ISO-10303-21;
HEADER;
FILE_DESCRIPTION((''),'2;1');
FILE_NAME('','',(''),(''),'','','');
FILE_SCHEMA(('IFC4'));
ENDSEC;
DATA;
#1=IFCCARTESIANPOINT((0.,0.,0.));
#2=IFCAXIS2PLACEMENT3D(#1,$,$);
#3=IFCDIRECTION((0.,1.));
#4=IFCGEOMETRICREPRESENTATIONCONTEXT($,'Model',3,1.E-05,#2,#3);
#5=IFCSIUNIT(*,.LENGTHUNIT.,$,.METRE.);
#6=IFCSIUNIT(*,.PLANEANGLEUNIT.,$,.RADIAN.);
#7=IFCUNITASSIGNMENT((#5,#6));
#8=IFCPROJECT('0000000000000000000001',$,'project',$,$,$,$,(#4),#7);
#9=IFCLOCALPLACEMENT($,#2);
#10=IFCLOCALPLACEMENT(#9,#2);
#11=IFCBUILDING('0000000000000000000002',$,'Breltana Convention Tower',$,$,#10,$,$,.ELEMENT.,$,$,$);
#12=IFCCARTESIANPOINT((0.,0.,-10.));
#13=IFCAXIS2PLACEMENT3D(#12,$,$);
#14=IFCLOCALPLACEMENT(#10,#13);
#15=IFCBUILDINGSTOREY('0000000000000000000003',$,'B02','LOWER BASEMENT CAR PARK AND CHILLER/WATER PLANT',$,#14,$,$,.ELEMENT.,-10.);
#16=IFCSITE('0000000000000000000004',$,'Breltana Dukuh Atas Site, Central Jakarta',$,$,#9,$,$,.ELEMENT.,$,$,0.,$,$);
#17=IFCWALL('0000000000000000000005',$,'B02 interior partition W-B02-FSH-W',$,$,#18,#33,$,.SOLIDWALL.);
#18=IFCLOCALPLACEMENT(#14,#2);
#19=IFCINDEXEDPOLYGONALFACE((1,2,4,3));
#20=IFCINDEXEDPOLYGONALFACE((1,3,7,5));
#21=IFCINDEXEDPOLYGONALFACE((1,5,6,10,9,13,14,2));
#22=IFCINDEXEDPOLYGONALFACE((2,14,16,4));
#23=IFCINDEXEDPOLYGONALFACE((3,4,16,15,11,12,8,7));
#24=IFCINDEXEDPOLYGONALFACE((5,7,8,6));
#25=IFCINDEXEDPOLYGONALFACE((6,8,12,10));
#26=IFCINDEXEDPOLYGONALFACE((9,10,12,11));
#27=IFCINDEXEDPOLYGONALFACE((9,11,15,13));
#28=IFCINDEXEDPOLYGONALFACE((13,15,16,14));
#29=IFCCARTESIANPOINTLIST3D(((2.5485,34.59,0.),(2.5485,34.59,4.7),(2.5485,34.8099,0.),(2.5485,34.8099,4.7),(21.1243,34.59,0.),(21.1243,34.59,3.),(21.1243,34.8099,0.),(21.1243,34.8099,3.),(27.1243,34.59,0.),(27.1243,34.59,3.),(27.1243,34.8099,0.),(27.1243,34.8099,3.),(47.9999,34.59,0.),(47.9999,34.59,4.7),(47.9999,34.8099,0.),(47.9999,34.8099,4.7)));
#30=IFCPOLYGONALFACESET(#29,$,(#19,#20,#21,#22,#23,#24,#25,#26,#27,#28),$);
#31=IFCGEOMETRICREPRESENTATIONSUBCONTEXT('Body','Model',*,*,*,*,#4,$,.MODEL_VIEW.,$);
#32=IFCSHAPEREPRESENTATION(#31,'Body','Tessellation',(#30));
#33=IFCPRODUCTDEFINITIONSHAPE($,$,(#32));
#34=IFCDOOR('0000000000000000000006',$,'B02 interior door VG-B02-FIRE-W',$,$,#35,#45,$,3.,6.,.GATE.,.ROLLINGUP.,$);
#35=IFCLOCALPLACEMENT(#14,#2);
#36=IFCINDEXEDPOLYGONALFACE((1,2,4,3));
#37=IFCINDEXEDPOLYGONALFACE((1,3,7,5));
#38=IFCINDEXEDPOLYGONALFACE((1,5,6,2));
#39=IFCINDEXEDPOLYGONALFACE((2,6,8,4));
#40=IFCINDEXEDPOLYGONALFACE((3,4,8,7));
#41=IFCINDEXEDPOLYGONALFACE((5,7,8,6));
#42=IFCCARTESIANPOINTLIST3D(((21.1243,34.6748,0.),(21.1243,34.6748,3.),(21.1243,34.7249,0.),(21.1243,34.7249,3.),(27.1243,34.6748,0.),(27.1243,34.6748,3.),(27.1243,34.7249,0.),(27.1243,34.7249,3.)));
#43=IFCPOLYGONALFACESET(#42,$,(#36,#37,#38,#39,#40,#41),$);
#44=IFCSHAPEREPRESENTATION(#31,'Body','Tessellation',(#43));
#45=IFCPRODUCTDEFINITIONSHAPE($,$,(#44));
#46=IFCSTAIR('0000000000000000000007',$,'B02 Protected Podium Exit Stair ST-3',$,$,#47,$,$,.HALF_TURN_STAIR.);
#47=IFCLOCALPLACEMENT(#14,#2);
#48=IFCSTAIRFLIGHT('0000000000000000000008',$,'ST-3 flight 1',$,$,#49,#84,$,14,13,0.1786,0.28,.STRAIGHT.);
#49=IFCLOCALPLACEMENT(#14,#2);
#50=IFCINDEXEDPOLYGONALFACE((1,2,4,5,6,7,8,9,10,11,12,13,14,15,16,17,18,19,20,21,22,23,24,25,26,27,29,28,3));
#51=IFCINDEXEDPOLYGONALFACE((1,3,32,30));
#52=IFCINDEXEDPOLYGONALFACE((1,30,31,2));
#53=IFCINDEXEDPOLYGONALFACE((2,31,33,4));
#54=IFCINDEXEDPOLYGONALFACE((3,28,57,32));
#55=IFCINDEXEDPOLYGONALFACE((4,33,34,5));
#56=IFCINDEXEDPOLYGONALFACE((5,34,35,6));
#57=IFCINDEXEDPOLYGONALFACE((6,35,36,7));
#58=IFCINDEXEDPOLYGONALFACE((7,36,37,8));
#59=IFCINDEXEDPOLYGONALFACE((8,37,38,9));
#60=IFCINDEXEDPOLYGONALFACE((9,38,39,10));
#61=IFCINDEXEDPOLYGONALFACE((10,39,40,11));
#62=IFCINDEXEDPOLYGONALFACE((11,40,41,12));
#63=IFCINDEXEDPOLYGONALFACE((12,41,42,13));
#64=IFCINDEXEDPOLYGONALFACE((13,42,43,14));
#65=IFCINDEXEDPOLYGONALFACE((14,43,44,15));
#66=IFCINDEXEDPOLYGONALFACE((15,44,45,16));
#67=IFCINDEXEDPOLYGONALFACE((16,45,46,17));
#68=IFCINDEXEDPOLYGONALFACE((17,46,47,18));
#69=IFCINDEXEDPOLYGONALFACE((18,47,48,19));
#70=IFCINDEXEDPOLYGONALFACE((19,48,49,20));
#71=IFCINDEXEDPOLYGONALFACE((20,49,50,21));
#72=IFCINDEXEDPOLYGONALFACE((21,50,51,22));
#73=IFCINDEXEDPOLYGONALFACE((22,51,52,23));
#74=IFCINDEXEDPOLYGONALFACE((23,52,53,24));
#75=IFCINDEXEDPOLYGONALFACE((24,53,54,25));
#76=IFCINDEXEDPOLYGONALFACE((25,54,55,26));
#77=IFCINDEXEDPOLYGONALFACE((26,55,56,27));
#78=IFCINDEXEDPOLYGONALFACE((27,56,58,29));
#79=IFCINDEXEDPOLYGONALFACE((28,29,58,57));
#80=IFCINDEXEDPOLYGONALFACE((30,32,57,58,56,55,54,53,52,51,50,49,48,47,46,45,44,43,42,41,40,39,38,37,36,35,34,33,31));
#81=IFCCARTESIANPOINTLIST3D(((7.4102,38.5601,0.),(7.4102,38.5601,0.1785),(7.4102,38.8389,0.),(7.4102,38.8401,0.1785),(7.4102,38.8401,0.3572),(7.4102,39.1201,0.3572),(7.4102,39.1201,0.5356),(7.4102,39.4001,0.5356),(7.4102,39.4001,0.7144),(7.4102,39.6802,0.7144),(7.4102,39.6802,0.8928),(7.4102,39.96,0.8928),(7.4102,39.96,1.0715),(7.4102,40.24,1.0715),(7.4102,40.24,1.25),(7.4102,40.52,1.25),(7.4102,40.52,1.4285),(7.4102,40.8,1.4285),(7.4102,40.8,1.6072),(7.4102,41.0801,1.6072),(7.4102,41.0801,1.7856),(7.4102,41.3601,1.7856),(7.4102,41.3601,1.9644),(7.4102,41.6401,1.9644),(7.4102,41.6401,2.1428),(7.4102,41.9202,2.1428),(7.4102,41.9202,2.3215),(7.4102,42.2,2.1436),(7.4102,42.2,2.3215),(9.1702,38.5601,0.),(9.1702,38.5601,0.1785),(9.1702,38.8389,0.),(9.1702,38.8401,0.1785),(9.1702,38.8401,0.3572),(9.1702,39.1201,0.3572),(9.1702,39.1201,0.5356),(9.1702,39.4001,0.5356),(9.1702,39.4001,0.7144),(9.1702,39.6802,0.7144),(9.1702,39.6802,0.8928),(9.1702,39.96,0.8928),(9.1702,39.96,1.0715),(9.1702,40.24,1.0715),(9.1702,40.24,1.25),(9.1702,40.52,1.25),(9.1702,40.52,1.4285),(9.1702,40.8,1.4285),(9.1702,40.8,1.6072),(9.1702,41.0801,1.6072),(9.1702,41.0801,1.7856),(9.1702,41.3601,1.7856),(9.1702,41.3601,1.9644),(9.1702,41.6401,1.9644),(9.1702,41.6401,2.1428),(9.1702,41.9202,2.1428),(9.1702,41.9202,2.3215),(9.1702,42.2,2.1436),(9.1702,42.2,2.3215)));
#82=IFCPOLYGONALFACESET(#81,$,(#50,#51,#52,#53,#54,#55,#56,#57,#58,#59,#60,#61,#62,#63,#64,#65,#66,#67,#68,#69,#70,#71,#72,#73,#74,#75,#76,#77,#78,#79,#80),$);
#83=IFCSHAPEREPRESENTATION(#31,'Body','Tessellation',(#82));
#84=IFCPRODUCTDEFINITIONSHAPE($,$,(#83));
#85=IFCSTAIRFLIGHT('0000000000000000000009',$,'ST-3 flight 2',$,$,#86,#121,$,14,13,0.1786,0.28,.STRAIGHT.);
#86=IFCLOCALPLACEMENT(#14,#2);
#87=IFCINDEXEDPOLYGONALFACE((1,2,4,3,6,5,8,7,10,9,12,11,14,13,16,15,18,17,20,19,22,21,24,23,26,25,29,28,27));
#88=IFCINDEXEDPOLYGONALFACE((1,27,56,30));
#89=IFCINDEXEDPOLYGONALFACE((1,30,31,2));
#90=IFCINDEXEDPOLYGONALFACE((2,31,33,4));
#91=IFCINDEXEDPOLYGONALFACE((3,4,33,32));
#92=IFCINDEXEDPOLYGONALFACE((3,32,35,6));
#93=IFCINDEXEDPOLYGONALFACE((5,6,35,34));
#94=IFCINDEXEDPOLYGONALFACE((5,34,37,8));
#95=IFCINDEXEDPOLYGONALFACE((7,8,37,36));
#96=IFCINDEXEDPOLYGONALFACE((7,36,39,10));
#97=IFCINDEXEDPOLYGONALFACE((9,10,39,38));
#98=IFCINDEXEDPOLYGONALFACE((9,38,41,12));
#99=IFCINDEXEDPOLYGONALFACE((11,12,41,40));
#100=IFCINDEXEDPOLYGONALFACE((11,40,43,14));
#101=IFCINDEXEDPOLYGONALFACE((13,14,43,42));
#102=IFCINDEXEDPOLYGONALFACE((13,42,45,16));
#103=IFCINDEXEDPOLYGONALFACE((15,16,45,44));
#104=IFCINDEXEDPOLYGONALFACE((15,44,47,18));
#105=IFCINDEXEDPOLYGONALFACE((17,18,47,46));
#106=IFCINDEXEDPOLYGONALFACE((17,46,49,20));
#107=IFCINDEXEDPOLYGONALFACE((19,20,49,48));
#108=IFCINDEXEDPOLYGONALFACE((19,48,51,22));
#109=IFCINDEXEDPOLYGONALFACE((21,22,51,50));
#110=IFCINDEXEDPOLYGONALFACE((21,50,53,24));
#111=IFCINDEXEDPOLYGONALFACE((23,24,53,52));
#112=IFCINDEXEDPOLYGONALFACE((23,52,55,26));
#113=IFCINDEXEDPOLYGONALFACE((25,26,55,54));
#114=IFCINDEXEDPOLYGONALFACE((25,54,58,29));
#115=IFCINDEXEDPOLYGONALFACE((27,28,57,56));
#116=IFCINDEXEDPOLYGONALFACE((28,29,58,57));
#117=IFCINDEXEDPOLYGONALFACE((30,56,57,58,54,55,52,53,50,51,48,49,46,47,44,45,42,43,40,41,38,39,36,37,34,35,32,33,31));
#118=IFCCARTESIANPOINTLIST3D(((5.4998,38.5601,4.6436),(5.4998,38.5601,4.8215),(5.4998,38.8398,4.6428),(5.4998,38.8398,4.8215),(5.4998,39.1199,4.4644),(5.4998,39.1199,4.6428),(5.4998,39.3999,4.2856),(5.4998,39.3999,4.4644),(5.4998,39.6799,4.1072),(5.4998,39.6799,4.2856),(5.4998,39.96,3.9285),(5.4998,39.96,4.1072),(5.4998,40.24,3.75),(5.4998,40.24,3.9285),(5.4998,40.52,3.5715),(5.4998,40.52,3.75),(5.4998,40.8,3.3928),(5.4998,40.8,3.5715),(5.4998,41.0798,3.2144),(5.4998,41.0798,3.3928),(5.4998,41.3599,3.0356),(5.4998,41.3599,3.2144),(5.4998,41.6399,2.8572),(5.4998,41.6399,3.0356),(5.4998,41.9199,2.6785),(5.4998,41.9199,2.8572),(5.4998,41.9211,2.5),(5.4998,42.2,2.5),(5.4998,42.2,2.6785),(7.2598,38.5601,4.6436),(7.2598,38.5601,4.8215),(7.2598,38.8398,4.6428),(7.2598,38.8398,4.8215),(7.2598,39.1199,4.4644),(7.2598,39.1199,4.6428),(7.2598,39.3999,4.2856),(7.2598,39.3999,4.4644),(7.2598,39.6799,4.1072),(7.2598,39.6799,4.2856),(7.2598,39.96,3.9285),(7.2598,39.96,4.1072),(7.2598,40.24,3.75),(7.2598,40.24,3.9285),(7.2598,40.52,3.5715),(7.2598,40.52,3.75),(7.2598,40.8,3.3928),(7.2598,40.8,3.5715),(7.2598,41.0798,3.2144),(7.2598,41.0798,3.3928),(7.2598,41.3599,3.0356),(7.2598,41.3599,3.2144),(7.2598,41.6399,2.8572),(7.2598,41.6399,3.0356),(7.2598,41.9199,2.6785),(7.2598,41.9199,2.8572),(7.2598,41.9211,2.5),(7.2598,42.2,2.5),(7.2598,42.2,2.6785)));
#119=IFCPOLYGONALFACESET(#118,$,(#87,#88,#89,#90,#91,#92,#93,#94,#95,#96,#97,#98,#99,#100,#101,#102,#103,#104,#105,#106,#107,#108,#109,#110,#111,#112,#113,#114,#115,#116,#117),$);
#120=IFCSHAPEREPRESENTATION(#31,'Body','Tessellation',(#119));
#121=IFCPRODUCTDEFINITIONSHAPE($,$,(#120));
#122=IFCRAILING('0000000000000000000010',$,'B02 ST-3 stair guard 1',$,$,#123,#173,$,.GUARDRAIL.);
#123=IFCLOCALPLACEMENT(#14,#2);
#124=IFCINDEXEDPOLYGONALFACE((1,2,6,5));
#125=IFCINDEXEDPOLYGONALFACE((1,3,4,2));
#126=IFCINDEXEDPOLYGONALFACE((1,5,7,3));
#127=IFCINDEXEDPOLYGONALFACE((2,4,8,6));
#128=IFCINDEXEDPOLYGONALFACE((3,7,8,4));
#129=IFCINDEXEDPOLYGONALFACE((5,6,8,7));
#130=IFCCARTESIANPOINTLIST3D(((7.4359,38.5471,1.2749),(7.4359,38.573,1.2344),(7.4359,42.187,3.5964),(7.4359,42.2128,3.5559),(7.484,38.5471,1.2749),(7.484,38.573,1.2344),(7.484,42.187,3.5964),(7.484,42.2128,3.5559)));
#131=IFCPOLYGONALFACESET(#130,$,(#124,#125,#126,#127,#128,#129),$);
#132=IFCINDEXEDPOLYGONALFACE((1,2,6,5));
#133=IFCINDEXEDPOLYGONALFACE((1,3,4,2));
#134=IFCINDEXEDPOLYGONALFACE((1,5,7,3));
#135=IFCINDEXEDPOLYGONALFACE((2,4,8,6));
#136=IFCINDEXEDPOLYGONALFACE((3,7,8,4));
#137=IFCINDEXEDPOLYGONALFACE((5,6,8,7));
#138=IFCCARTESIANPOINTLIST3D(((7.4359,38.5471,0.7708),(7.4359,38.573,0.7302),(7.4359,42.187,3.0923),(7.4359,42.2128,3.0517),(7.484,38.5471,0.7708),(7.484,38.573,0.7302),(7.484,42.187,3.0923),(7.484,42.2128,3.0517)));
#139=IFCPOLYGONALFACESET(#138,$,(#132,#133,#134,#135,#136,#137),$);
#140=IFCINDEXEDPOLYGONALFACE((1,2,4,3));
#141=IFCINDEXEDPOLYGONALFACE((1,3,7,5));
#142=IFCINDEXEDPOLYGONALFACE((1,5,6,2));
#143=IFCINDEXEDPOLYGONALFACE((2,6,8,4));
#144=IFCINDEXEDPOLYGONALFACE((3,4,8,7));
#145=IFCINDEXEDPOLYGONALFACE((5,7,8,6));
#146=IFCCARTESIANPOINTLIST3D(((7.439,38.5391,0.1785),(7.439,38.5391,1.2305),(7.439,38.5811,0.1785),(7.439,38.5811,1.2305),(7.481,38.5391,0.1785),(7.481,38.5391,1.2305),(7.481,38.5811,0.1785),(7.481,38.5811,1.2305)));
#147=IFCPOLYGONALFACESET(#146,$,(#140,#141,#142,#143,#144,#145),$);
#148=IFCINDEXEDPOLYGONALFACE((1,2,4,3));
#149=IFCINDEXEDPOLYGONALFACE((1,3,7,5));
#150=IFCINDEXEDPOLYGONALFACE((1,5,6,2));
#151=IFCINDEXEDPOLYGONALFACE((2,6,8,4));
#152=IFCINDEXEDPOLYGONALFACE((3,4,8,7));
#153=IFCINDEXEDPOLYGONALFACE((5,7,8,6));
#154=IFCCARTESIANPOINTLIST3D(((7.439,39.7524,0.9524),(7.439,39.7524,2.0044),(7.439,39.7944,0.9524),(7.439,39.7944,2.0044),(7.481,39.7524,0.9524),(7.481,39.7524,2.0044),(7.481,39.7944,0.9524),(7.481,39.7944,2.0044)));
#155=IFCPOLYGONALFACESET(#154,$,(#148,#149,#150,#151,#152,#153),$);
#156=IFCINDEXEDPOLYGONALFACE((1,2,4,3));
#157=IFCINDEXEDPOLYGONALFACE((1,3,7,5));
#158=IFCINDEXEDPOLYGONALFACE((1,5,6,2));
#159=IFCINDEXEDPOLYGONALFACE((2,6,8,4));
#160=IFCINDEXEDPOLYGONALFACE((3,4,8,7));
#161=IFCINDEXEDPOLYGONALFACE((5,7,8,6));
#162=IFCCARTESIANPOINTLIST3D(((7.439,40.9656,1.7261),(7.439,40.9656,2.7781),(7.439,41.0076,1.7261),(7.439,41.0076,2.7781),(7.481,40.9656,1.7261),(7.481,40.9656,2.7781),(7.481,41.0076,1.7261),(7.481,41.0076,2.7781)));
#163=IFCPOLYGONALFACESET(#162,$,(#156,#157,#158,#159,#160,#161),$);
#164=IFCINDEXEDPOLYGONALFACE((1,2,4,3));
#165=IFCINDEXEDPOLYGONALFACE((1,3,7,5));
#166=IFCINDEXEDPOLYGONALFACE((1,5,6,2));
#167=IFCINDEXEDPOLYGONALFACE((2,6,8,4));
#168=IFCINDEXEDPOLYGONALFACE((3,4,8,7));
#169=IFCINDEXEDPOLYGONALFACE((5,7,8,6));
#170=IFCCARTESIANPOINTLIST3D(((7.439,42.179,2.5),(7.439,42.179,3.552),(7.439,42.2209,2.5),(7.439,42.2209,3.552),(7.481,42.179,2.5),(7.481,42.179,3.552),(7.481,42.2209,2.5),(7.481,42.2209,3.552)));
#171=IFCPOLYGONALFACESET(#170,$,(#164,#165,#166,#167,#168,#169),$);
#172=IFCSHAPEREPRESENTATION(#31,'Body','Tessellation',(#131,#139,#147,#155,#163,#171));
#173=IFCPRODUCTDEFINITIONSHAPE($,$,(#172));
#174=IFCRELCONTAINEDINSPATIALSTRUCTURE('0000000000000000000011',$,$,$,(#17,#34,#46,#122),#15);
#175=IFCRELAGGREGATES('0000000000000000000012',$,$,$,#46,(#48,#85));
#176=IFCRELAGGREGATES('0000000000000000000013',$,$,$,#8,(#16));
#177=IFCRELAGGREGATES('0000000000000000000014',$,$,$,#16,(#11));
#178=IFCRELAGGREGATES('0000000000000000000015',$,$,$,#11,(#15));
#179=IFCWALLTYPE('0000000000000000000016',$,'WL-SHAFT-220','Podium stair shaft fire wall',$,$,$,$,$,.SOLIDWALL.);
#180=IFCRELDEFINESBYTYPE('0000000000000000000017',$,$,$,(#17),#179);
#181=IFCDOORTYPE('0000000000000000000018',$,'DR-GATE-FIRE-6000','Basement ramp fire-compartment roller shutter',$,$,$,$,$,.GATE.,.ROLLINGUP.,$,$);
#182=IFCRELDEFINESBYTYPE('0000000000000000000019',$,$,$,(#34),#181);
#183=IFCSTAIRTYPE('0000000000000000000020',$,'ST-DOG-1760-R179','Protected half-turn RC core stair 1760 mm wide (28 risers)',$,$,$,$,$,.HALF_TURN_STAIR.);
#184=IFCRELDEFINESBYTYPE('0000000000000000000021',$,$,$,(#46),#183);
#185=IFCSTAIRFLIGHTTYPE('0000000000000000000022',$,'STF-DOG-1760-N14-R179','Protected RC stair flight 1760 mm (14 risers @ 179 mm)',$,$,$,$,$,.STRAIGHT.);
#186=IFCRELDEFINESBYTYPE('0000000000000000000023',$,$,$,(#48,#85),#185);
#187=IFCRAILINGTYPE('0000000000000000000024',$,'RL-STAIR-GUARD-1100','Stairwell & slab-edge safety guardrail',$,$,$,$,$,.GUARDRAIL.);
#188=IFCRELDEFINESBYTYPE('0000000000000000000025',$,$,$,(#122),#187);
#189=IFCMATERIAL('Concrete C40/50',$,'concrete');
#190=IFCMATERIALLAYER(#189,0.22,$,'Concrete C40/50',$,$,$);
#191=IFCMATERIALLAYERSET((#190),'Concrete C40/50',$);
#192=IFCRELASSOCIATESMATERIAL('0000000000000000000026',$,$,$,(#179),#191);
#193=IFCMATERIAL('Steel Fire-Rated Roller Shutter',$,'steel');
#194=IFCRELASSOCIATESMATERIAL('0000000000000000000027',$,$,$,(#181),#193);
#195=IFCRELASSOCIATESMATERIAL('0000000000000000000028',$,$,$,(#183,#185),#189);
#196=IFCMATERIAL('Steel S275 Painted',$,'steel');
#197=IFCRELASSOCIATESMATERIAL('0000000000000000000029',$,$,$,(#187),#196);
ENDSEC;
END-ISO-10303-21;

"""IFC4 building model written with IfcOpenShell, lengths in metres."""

from ifc_helpers import new_model, si_unit, direction, frame, frame_2d, origin, origin_2d, place, context, subcontext, project, spatial, polyline, rectangle, outline, extrude, source, transform, mapped, material, layer, layer_set, type_object, type_shapes, element, fill, aggregate, save


model = new_model("IFC4")

# Units and contexts
model_context = context("Model", 3, precision=1e-05, world=origin(), true_north=direction((0.0, 1.0)))
body_context = subcontext(model_context, "Body", "Model", "MODEL_VIEW")
ifc_project = project(units=[si_unit("LENGTHUNIT", "METRE"), si_unit("PLANEANGLEUNIT", "RADIAN")], contexts=[model_context])

# Site, building, storey
site_placement = place(None, origin())
site = spatial("IfcSite", under=ifc_project, at=site_placement, Name="Breltana Dukuh Atas Site, Central Jakarta", CompositionType="ELEMENT", RefElevation=0.0)
building_placement = place(site_placement, origin())
building = spatial("IfcBuilding", under=site, at=building_placement, Name="Breltana Convention Tower", CompositionType="ELEMENT")
storey_placement = place(building_placement, frame((0.0, 0.0, -10.0)))
storey = spatial("IfcBuildingStorey", under=building, at=storey_placement, Name="B02", Description="LOWER BASEMENT CAR PARK AND CHILLER/WATER PLANT", CompositionType="ELEMENT", Elevation=-10.0)

# Shared definitions
ifc_material_1 = material(Name="Concrete C40/50", Category="concrete")

# Shared definitions
ifc_layer_1 = layer(ifc_material_1, 0.22, Name="Concrete C40/50")
ifc_layer_set_1 = layer_set([ifc_layer_1], Name="Concrete C40/50")
wall_type_1 = type_object("IfcWallType", Name="WL-SHAFT-220", Description="Podium stair shaft fire wall", PredefinedType="SOLIDWALL", material=ifc_layer_set_1)

# Wall, opening, door
shared_shape_1 = source(origin(), body_context, "Body", "SweptSolid", [
    extrude(rectangle(XDim=45.4514, YDim=0.22, at=frame_2d((22.7256, 0.0))), origin(), (0.0, 0.0, 1.0), 4.7),
])
wall_1_placement = place(storey_placement, frame((2.5486, 34.7, 0.0), z_axis=(0.0, 0.0, 1.0), x_axis=(1.0, 0.0, 0.0)))
wall_1 = element("IfcWall", 1, at=wall_1_placement, inside=storey, type_object=wall_type_1, Name="B02 interior partition W-B02-FSH-W", PredefinedType="SOLIDWALL", context=body_context, shape_type="MappedRepresentation", body=[
    mapped(shared_shape_1, transform((0.0, 0.0, 0.0), scale=1.0)),
])
opening_1_placement = place(wall_1_placement, frame((18.5757, 0.0, 0.0)))
opening_1 = element("IfcOpeningElement", 2, at=opening_1_placement, cuts=wall_1, PredefinedType="OPENING", context=body_context, shape_type="SweptSolid", body=[
    extrude(rectangle(XDim=6.0, YDim=3.0, at=frame_2d((3.0, 1.5))), frame((0.0, 0.1201, 0.0), z_axis=(0.0, -1.0, 0.0), x_axis=(1.0, 0.0, 0.0)), (0.0, 0.0, 1.0), 0.24),
])
ifc_material_2 = material(Name="Steel Fire-Rated Roller Shutter", Category="steel")
door_type_1 = type_object("IfcDoorType", Name="DR-GATE-FIRE-6000", Description="Basement ramp fire-compartment roller shutter", OperationType="ROLLINGUP", PredefinedType="GATE", material=ifc_material_2)
shared_shape_2 = source(origin(), body_context, "Body", "SweptSolid", [
    extrude(rectangle(XDim=6.0, YDim=3.0, at=frame_2d((3.0, 1.5))), frame((0.0, 0.0249, 0.0), z_axis=(0.0, -1.0, 0.0), x_axis=(1.0, 0.0, 0.0)), (0.0, 0.0, 1.0), 0.05),
])
type_shapes(door_type_1, [shared_shape_2])
door_1_placement = place(opening_1_placement, origin())
door_1 = element("IfcDoor", 3, at=door_1_placement, inside=storey, type_object=door_type_1, Name="B02 interior door VG-B02-FIRE-W", OperationType="ROLLINGUP", OverallHeight=3.0, OverallWidth=6.0, PredefinedType="GATE", context=body_context, shape_type="MappedRepresentation", body=[
    mapped(shared_shape_2, transform((0.0, 0.0, 0.0), scale=1.0)),
])
fill(opening_1, door_1)

# Stair, stair flights
stair_type = type_object("IfcStairType", Name="ST-DOG-1760-R179", Description="Protected half-turn RC core stair 1760 mm wide (28 risers)", PredefinedType="HALF_TURN_STAIR", material=ifc_material_1)
stair_placement = place(storey_placement, origin())
stair = element("IfcStair", 4, at=stair_placement, inside=storey, type_object=stair_type, Name="B02 Protected Podium Exit Stair ST-3", PredefinedType="HALF_TURN_STAIR")
stair_flight_type = type_object("IfcStairFlightType", Name="STF-DOG-1760-N14-R179", Description="Protected RC stair flight 1760 mm (14 risers @ 179 mm)", PredefinedType="STRAIGHT", material=ifc_material_1)
stair_flight_1_placement = place(storey_placement, frame((8.29, 38.5601, 0.0), z_axis=(0.0, 0.0, 1.0), x_axis=(0.0, 1.0, 0.0)))
stair_flight_1 = element("IfcStairFlight", 5, at=stair_flight_1_placement, type_object=stair_flight_type, Name="ST-3 flight 1", NumberOfRisers=14, NumberOfTreads=13, PredefinedType="STRAIGHT", RiserHeight=0.1786, TreadLength=0.28, context=body_context, shape_type="SweptSolid", body=[
    extrude(outline(polyline([(0.0, 0.0), (0.0, 0.1785), (0.28, 0.1785), (0.28, 0.3572), (0.5601, 0.3572), (0.5601, 0.5356), (0.8401, 0.5356), (0.8401, 0.7144), (1.1201, 0.7144), (1.1201, 0.8928), (1.3999, 0.8928), (1.3999, 1.0715), (1.6799, 1.0715), (1.6799, 1.25), (1.96, 1.25), (1.96, 1.4285), (2.24, 1.4285), (2.24, 1.6072), (2.52, 1.6072), (2.52, 1.7856), (2.8, 1.7856), (2.8, 1.9644), (3.0801, 1.9644), (3.0801, 2.1428), (3.3601, 2.1428), (3.3601, 2.3215), (3.6399, 2.3215), (3.6399, 2.5), (3.6399, 2.1436), (0.2788, 0.0), (0.0, 0.0)])), frame((0.0, 0.8799, 0.0), z_axis=(0.0, -1.0, 0.0), x_axis=(1.0, 0.0, 0.0)), (0.0, 0.0, 1.0), 1.76),
])
stair_flight_2_placement = place(storey_placement, frame((6.3799, 42.2, 2.5), z_axis=(0.0, 0.0, 1.0), x_axis=(0.0, -1.0, 0.0)))
stair_flight_2 = element("IfcStairFlight", 6, at=stair_flight_2_placement, type_object=stair_flight_type, Name="ST-3 flight 2", NumberOfRisers=14, NumberOfTreads=13, PredefinedType="STRAIGHT", RiserHeight=0.1786, TreadLength=0.28, context=body_context, shape_type="SweptSolid", body=[
    extrude(outline(polyline([(0.0, 0.0), (0.0, 0.1785), (0.28, 0.1785), (0.28, 0.3572), (0.5601, 0.3572), (0.5601, 0.5356), (0.8401, 0.5356), (0.8401, 0.7144), (1.1201, 0.7144), (1.1201, 0.8928), (1.3999, 0.8928), (1.3999, 1.0715), (1.6799, 1.0715), (1.6799, 1.25), (1.96, 1.25), (1.96, 1.4285), (2.24, 1.4285), (2.24, 1.6072), (2.52, 1.6072), (2.52, 1.7856), (2.8, 1.7856), (2.8, 1.9644), (3.0801, 1.9644), (3.0801, 2.1428), (3.3601, 2.1428), (3.3601, 2.3215), (3.6399, 2.3215), (3.6399, 2.5), (3.6399, 2.1436), (0.2788, 0.0), (0.0, 0.0)])), frame((0.0, 0.8799, 0.0), z_axis=(0.0, -1.0, 0.0), x_axis=(1.0, 0.0, 0.0)), (0.0, 0.0, 1.0), 1.76),
])
aggregate(stair, [stair_flight_1, stair_flight_2])

# Railing
ifc_material_3 = material(Name="Steel S275 Painted", Category="steel")
railing_type_1 = type_object("IfcRailingType", Name="RL-STAIR-GUARD-1100", Description="Stairwell & slab-edge safety guardrail", PredefinedType="GUARDRAIL", material=ifc_material_3)
railing_1_placement = place(storey_placement, frame((7.46, 38.5601, 0.1785)))
element("IfcRailing", 7, at=railing_1_placement, inside=storey, type_object=railing_type_1, Name="B02 ST-3 stair guard 1", PredefinedType="GUARDRAIL", context=body_context, shape_type="SweptSolid", body=[
    extrude(rectangle(XDim=0.0481, YDim=0.0481, at=origin_2d()), frame((0.0, 0.0, 1.0762), z_axis=(0.0, 0.843112, 0.537739), x_axis=(-1.0, 0.0, 0.0)), (0.0, 0.0, 1.0), 4.3171),
    extrude(rectangle(XDim=0.0481, YDim=0.0481, at=origin_2d()), frame((0.0, 0.0, 0.572), z_axis=(0.0, 0.843112, 0.537739), x_axis=(-1.0, 0.0, 0.0)), (0.0, 0.0, 1.0), 4.3171),
    extrude(rectangle(XDim=0.042, YDim=0.042, at=origin_2d()), origin(), (0.0, 0.0, 1.0), 1.052),
    extrude(rectangle(XDim=0.042, YDim=0.042, at=origin_2d()), frame((0.0, 1.2134, 0.7739)), (0.0, 0.0, 1.0), 1.052),
    extrude(rectangle(XDim=0.042, YDim=0.042, at=origin_2d()), frame((0.0, 2.4265, 1.5476)), (0.0, 0.0, 1.0), 1.052),
    extrude(rectangle(XDim=0.042, YDim=0.042, at=origin_2d()), frame((0.0, 3.6399, 2.3215)), (0.0, 0.0, 1.0), 1.052),
])

save(model, "model.ifc")
